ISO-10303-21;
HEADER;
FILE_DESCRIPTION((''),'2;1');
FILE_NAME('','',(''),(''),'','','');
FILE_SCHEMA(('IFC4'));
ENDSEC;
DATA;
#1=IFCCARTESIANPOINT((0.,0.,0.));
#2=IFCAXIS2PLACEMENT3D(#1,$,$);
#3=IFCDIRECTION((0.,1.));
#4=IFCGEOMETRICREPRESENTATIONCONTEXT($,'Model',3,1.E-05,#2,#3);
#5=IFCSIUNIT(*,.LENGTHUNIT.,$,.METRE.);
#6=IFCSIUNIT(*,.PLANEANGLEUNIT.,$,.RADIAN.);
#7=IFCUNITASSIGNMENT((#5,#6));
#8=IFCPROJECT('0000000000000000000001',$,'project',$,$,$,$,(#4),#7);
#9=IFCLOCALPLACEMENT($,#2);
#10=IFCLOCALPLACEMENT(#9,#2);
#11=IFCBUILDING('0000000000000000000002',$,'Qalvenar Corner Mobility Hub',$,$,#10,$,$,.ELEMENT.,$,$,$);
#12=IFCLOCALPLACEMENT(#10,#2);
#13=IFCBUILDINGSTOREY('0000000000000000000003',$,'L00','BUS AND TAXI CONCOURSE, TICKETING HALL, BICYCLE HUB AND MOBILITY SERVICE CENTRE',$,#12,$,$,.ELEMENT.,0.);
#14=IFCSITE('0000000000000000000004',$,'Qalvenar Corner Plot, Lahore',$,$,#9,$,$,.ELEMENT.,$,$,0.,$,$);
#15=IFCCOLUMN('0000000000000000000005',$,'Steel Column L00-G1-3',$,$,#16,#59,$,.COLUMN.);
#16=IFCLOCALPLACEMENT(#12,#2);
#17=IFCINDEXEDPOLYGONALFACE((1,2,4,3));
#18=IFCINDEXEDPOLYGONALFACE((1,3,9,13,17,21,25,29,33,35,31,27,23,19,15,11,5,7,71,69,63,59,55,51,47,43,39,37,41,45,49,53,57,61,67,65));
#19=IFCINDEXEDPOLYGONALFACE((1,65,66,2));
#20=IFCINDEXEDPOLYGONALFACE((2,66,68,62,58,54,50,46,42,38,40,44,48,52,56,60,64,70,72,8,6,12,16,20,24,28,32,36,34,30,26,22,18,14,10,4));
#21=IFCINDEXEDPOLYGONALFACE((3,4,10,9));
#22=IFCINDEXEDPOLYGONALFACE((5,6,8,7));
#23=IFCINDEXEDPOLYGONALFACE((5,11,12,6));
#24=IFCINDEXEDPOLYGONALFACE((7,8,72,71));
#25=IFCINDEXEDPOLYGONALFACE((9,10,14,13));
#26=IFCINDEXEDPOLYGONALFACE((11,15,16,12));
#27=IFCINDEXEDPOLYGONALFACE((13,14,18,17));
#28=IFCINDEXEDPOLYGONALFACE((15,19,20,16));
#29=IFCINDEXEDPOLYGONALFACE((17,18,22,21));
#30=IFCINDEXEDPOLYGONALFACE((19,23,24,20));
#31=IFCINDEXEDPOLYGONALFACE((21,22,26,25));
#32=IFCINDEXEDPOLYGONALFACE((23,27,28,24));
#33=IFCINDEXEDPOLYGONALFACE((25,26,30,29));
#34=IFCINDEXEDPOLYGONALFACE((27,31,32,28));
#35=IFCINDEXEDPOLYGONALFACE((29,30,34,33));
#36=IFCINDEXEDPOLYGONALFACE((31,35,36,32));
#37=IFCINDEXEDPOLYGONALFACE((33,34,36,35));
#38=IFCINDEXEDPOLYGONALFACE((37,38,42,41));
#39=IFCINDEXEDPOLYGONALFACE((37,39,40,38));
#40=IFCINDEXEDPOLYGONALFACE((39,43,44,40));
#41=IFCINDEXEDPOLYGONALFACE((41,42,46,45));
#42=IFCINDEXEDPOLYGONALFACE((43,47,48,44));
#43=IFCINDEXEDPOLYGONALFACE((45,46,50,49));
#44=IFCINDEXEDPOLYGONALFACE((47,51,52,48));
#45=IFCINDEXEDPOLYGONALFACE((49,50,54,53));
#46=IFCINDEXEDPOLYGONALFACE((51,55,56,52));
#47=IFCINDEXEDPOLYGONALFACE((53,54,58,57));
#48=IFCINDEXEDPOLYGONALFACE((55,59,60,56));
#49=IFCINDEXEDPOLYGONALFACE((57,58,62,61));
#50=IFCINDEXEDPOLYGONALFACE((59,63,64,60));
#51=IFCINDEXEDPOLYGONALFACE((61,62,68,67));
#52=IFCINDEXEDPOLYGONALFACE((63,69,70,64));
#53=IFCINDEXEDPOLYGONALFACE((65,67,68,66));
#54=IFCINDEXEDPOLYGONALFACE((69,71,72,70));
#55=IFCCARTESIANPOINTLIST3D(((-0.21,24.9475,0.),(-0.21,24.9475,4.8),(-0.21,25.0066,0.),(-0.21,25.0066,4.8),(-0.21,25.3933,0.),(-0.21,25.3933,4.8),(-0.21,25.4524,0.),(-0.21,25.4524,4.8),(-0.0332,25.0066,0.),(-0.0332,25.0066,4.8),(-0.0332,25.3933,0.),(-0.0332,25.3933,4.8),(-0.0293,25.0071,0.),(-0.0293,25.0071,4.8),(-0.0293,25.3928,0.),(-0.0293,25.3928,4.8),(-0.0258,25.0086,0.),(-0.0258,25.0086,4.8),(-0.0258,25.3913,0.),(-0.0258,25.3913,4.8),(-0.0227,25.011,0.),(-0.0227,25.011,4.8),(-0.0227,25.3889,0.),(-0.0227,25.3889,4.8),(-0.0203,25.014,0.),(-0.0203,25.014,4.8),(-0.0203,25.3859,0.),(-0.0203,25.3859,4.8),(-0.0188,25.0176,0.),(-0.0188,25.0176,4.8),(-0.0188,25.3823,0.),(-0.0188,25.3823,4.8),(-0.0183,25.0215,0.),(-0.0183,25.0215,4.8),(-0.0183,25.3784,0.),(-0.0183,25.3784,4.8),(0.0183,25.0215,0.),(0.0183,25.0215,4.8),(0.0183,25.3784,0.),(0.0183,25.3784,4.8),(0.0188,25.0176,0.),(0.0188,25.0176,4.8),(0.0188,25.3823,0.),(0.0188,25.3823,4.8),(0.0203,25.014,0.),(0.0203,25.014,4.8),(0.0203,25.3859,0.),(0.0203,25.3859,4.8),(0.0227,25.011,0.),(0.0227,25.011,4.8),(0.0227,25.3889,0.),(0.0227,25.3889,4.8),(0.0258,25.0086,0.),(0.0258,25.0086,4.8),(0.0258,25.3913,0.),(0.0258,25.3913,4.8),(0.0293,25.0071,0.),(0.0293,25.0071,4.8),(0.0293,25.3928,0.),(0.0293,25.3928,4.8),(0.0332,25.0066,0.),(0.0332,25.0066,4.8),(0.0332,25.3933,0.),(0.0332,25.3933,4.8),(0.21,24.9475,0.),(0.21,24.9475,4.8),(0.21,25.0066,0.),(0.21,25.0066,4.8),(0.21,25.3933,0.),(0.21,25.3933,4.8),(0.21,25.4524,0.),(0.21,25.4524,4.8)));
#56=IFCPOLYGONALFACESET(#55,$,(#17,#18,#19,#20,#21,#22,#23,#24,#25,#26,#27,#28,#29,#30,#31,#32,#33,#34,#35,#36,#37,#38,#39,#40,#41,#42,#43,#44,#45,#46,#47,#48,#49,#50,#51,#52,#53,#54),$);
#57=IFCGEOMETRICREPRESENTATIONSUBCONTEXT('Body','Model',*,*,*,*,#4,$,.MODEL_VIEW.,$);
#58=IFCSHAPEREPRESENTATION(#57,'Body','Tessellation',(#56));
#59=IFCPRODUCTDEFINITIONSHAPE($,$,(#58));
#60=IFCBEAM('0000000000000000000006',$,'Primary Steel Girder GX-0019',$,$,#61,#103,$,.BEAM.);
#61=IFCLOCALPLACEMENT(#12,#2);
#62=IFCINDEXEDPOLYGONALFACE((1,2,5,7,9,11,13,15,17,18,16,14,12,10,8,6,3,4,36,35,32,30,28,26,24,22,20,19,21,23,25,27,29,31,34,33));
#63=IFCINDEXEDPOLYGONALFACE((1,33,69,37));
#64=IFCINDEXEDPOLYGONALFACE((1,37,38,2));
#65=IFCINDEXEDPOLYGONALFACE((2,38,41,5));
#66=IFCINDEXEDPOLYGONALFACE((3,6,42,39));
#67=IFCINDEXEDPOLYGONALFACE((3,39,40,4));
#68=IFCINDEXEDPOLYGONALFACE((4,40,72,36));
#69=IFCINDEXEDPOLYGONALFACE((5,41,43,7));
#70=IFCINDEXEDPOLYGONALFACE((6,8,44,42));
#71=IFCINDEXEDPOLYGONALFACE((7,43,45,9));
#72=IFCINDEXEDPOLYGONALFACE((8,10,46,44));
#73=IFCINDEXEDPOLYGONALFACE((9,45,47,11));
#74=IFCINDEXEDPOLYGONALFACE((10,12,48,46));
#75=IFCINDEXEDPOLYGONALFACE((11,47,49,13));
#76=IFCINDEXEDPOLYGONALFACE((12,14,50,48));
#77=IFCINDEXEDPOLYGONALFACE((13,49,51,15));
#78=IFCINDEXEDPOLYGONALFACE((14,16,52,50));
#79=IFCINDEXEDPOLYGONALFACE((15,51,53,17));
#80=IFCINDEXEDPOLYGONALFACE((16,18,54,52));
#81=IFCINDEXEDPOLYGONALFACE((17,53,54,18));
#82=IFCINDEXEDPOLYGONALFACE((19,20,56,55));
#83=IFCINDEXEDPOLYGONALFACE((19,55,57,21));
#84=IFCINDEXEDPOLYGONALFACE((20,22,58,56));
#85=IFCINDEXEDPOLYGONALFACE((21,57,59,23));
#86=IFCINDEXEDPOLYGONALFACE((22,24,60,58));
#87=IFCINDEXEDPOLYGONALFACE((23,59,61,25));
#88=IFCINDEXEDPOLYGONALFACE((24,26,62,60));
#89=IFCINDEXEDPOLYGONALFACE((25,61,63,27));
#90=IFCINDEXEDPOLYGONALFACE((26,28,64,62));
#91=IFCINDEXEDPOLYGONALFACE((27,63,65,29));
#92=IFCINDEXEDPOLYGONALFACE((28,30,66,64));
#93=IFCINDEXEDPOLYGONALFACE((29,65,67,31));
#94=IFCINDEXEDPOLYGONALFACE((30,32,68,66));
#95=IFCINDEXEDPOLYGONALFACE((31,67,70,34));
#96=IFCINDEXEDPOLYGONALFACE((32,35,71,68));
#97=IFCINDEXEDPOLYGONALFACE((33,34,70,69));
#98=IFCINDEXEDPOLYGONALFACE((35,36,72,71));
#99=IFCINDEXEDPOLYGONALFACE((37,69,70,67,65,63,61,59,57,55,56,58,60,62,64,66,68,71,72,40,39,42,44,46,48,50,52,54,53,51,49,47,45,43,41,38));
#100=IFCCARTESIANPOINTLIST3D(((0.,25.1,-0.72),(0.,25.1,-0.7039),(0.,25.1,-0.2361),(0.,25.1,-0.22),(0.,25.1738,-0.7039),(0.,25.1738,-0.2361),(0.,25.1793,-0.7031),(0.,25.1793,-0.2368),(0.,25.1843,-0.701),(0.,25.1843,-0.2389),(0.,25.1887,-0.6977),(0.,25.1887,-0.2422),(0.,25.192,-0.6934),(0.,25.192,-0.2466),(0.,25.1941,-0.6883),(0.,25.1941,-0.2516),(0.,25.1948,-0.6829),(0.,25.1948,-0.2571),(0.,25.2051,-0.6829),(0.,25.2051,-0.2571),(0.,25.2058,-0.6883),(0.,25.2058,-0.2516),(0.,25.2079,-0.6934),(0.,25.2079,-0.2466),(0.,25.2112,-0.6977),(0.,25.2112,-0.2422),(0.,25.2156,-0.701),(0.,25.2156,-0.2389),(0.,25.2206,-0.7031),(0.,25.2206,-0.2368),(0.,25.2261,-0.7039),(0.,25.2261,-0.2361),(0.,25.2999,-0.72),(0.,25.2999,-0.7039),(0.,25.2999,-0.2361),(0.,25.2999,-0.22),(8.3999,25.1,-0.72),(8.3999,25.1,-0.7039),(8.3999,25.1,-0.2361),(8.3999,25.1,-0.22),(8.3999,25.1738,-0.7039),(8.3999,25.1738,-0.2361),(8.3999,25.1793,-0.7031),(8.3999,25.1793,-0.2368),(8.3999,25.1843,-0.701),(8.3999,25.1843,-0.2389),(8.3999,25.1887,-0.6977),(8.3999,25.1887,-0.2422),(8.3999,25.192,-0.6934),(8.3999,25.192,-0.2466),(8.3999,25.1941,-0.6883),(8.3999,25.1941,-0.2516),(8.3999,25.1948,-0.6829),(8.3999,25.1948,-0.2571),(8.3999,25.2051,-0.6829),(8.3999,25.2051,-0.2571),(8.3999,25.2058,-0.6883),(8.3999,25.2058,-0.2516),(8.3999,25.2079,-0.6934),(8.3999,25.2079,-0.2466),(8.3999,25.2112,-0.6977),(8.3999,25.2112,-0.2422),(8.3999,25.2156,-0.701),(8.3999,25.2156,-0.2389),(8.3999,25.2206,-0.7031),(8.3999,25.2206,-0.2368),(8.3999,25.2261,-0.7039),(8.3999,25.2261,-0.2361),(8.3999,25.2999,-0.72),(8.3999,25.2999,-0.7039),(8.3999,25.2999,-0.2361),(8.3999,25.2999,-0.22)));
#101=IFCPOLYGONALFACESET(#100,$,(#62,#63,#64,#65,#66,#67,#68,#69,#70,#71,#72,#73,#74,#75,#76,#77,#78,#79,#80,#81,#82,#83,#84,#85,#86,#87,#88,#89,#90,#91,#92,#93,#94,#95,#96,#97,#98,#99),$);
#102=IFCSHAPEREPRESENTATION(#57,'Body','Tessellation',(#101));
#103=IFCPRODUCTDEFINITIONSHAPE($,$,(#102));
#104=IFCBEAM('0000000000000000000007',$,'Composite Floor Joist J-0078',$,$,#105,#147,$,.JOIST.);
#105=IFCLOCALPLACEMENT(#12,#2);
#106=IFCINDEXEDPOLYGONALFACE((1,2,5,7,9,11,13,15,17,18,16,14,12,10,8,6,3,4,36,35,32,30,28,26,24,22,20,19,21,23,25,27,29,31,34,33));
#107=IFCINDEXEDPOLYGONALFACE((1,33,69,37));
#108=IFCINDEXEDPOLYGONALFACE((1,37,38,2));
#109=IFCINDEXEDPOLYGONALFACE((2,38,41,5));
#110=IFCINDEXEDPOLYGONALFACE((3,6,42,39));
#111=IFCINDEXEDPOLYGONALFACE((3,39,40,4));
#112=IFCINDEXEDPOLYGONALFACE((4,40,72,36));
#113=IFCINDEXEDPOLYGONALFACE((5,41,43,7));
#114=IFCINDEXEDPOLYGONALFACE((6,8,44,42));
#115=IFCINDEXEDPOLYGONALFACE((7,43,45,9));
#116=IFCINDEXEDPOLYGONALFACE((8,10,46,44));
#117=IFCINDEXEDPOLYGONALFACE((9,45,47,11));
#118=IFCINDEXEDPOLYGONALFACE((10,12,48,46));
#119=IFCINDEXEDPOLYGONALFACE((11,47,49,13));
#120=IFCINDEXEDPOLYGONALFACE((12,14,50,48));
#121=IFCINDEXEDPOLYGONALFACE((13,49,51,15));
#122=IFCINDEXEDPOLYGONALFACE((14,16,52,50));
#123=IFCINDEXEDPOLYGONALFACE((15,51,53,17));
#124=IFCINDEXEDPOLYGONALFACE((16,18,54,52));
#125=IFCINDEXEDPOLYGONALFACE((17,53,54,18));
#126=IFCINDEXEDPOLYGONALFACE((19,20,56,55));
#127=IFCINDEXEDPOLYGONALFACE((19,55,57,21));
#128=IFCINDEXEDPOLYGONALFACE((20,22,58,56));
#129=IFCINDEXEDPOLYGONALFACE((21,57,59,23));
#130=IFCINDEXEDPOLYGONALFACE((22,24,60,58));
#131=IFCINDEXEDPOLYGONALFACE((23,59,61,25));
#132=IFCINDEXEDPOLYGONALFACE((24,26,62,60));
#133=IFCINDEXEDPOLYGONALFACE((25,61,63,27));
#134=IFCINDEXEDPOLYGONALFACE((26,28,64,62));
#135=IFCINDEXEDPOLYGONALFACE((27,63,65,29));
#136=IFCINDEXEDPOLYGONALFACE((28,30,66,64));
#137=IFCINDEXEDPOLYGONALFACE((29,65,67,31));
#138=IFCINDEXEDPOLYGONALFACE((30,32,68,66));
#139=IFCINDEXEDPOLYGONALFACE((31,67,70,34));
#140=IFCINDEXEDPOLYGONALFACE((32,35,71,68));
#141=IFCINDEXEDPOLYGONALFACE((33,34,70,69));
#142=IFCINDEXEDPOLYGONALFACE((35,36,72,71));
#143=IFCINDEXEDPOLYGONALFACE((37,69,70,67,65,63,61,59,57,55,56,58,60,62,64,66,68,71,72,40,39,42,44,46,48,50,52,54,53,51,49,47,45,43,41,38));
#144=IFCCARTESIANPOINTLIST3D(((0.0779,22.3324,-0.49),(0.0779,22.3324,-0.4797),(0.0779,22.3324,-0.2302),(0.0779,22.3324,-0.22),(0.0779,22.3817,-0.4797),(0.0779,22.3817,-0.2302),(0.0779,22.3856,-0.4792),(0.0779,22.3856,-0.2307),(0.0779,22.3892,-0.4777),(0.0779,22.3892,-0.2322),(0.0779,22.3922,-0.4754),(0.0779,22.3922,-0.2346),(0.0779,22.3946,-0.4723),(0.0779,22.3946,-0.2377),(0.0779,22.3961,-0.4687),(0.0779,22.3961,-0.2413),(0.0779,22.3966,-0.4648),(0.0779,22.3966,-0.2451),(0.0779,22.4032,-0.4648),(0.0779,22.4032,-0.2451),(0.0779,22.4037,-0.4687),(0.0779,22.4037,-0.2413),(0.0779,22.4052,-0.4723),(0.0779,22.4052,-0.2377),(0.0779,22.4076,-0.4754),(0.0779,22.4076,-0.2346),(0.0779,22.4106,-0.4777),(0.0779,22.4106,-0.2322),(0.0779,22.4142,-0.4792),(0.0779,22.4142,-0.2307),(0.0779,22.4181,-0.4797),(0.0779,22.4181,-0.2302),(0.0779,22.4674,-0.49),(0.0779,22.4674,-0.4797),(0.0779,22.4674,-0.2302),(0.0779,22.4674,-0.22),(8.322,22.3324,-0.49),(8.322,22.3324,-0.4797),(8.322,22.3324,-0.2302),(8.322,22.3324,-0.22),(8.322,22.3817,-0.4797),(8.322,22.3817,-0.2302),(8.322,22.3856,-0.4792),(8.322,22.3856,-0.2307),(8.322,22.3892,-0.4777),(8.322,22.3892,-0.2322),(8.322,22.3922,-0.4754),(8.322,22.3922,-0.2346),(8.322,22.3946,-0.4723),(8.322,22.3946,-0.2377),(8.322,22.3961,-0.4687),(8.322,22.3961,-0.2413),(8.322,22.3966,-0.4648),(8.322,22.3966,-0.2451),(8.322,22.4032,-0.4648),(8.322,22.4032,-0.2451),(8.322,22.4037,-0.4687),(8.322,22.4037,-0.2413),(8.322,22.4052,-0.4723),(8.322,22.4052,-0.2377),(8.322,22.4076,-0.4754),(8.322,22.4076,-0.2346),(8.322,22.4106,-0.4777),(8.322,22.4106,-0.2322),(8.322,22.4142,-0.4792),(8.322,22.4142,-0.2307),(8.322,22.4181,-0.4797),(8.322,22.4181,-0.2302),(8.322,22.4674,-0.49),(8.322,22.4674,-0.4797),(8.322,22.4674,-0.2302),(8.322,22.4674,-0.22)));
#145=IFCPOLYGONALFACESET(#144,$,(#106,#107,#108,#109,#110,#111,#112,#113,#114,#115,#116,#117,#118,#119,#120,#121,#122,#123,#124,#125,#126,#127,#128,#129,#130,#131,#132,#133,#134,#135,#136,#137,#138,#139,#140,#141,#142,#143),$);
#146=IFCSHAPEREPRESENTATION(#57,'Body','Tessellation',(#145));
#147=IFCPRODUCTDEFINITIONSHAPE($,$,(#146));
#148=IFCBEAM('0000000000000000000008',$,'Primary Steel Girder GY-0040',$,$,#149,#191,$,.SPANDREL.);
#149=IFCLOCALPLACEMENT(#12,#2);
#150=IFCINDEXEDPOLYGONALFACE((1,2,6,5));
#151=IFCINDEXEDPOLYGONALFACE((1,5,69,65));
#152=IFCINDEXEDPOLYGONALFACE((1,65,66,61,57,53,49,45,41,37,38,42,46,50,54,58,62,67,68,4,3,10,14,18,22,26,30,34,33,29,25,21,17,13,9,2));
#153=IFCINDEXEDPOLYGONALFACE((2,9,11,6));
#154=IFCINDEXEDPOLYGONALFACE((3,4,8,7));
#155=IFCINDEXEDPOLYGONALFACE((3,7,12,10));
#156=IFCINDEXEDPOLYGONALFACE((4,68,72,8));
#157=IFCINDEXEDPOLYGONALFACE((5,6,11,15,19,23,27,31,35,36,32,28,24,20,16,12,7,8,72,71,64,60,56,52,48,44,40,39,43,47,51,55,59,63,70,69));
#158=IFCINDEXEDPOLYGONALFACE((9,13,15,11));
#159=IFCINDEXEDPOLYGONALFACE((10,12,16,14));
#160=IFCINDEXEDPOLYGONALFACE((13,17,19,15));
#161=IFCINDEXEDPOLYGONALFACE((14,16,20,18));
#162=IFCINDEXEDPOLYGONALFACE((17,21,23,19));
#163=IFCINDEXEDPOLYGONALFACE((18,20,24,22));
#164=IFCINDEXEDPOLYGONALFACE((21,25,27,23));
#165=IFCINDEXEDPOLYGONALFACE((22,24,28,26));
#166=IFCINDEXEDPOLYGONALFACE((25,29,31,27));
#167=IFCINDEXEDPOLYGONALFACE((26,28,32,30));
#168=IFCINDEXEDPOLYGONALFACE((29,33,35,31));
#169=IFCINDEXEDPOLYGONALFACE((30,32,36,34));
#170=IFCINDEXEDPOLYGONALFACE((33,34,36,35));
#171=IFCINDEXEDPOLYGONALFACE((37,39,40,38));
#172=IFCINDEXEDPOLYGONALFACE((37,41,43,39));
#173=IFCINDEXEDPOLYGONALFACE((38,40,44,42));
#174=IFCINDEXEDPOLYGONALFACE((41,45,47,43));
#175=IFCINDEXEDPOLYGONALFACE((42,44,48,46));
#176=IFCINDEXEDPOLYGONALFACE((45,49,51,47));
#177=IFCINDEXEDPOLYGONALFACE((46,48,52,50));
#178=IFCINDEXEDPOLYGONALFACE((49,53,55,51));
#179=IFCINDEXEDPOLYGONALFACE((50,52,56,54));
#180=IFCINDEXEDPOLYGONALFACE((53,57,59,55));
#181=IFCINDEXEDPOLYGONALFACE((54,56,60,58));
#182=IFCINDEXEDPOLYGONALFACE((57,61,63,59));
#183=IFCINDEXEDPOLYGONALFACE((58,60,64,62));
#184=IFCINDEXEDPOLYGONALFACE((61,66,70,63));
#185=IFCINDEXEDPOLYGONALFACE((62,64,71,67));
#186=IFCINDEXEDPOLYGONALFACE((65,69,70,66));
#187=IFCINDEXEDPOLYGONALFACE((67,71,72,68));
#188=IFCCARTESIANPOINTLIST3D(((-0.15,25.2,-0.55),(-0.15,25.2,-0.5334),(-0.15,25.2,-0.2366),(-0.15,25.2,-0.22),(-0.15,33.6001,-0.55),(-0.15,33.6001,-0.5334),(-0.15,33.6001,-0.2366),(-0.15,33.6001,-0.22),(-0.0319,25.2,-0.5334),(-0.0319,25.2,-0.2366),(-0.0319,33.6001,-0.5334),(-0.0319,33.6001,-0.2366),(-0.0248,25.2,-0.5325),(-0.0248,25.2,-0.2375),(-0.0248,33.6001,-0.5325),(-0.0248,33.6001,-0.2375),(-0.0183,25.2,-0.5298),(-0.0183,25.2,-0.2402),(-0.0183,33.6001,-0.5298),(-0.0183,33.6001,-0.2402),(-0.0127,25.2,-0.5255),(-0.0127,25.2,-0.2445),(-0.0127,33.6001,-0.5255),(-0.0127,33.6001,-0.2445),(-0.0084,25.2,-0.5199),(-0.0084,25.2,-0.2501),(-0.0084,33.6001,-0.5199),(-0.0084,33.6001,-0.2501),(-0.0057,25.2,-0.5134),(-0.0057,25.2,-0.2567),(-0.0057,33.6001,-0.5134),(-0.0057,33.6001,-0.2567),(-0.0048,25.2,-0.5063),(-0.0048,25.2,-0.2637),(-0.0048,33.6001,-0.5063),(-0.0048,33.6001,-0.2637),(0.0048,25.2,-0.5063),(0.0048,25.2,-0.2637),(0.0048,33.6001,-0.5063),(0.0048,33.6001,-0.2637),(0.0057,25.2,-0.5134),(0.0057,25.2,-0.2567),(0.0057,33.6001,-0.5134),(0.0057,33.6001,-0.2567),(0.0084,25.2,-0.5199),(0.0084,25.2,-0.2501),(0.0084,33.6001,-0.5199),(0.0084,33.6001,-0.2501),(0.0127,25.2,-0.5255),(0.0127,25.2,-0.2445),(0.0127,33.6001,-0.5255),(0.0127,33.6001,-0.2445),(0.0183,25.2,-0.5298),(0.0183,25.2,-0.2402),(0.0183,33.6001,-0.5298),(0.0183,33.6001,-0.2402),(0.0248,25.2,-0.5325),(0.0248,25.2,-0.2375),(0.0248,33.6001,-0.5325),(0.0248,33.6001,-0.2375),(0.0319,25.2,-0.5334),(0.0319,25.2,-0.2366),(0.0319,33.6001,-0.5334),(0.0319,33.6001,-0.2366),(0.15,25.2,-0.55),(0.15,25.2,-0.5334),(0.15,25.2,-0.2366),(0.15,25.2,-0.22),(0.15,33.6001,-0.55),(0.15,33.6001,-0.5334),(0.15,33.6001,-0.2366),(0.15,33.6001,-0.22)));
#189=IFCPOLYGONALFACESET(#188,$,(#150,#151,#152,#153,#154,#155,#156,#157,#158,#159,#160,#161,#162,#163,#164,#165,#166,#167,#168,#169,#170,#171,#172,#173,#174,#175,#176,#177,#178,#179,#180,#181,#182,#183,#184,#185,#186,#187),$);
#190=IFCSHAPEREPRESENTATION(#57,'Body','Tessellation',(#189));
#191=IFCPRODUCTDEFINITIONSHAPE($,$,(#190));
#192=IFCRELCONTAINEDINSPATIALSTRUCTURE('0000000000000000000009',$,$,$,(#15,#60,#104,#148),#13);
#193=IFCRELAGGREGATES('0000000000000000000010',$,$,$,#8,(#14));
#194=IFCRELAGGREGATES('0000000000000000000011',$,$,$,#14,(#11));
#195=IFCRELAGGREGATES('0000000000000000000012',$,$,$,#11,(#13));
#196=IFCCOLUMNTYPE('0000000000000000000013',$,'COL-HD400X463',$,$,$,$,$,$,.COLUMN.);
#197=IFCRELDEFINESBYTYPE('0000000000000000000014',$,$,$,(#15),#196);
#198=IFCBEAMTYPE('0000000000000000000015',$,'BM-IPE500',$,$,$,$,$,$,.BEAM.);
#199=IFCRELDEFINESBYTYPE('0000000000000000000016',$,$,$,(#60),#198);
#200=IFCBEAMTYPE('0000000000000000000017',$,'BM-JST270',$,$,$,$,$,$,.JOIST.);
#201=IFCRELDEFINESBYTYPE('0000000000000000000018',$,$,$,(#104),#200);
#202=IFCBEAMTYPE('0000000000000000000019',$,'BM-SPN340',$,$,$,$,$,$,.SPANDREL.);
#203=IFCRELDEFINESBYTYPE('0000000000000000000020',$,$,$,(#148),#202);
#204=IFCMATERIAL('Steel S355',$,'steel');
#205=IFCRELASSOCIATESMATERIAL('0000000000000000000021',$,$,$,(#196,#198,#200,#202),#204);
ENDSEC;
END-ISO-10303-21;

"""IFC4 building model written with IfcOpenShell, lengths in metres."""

from ifc_helpers import new_model, si_unit, direction, frame, origin, origin_2d, place, context, subcontext, project, spatial, i_section, extrude, material, material_profile, profile_set, type_object, element, save


model = new_model("IFC4")

# Units and contexts
model_context = context("Model", 3, precision=1e-05, world=origin(), true_north=direction((0.0, 1.0)))
body_context = subcontext(model_context, "Body", "Model", "MODEL_VIEW")
ifc_project = project(units=[si_unit("LENGTHUNIT", "METRE"), si_unit("PLANEANGLEUNIT", "RADIAN")], contexts=[model_context])

# Site, building, storey
site_placement = place(None, origin())
site = spatial("IfcSite", under=ifc_project, at=site_placement, Name="Qalvenar Corner Plot, Lahore", CompositionType="ELEMENT", RefElevation=0.0)
building_placement = place(site_placement, origin())
building = spatial("IfcBuilding", under=site, at=building_placement, Name="Qalvenar Corner Mobility Hub", CompositionType="ELEMENT")
storey_placement = place(building_placement, origin())
storey = spatial("IfcBuildingStorey", under=building, at=storey_placement, Name="L00", Description="BUS AND TAXI CONCOURSE, TICKETING HALL, BICYCLE HUB AND MOBILITY SERVICE CENTRE", CompositionType="ELEMENT", Elevation=0.0)

# Column
ifc_material_1 = material(Name="Steel S355", Category="steel")
ifc_material_profile_1 = material_profile(ifc_material_1, i_section(OverallWidth=0.4199, OverallDepth=0.5049, WebThickness=0.0366, FlangeThickness=0.0591, FilletRadius=0.0149, at=origin_2d()), Name="HD400x551")
ifc_profile_set_1 = profile_set([ifc_material_profile_1], Name="Steel S355")
column_type = type_object("IfcColumnType", Name="COL-HD400X463", PredefinedType="COLUMN", material=ifc_profile_set_1)
column_placement = place(storey_placement, frame((0.0, 25.2, 0.0), z_axis=(0.0, 0.0, 1.0), x_axis=(1.0, 0.0, 0.0)))
element("IfcColumn", 1, at=column_placement, inside=storey, type_object=column_type, Name="Steel Column L00-G1-3", PredefinedType="COLUMN", context=body_context, shape_type="SweptSolid", body=[
    extrude(i_section(OverallWidth=0.4199, OverallDepth=0.5049, WebThickness=0.0366, FlangeThickness=0.0591, FilletRadius=0.0149, at=origin_2d()), origin(), (0.0, 0.0, 1.0), 4.8),
])

# Beams
ifc_material_profile_2 = material_profile(ifc_material_1, i_section(OverallWidth=0.2, OverallDepth=0.5, WebThickness=0.0103, FlangeThickness=0.0161, FilletRadius=0.021, at=origin_2d()), Name="IPE500")
ifc_profile_set_2 = profile_set([ifc_material_profile_2], Name="Steel S355")
beam_type_1 = type_object("IfcBeamType", Name="BM-IPE500", PredefinedType="BEAM", material=ifc_profile_set_2)
beam_1_placement = place(storey_placement, frame((0.0, 25.2, -0.47), z_axis=(1.0, 0.0, 0.0), x_axis=(0.0, 1.0, 0.0)))
element("IfcBeam", 2, at=beam_1_placement, inside=storey, type_object=beam_type_1, Name="Primary Steel Girder GX-0019", PredefinedType="BEAM", context=body_context, shape_type="SweptSolid", body=[
    extrude(i_section(OverallWidth=0.2, OverallDepth=0.5, WebThickness=0.0103, FlangeThickness=0.0161, FilletRadius=0.021, at=origin_2d()), origin(), (0.0, 0.0, 1.0), 8.3999),
])
ifc_material_profile_3 = material_profile(ifc_material_1, i_section(OverallWidth=0.135, OverallDepth=0.27, WebThickness=0.0066, FlangeThickness=0.0103, FilletRadius=0.0149, at=origin_2d()), Name="IPE270")
ifc_profile_set_3 = profile_set([ifc_material_profile_3], Name="Steel S355")
beam_type_2 = type_object("IfcBeamType", Name="BM-JST270", PredefinedType="JOIST", material=ifc_profile_set_3)
beam_2_placement = place(storey_placement, frame((0.0779, 22.3999, -0.355), z_axis=(1.0, 0.0, 0.0), x_axis=(0.0, 1.0, 0.0)))
element("IfcBeam", 3, at=beam_2_placement, inside=storey, type_object=beam_type_2, Name="Composite Floor Joist J-0078", PredefinedType="JOIST", context=body_context, shape_type="SweptSolid", body=[
    extrude(i_section(OverallWidth=0.135, OverallDepth=0.27, WebThickness=0.0066, FlangeThickness=0.0103, FilletRadius=0.0149, at=origin_2d()), origin(), (0.0, 0.0, 1.0), 8.2441),
])
ifc_material_profile_4 = material_profile(ifc_material_1, i_section(OverallWidth=0.3, OverallDepth=0.3301, WebThickness=0.0095, FlangeThickness=0.0166, FilletRadius=0.0271, at=origin_2d()), Name="HEA340")
ifc_profile_set_4 = profile_set([ifc_material_profile_4], Name="Steel S355")
beam_type_3 = type_object("IfcBeamType", Name="BM-SPN340", PredefinedType="SPANDREL", material=ifc_profile_set_4)
beam_3_placement = place(storey_placement, frame((0.0, 25.2, -0.385), z_axis=(0.0, 1.0, 0.0), x_axis=(-1.0, 0.0, 0.0)))
element("IfcBeam", 4, at=beam_3_placement, inside=storey, type_object=beam_type_3, Name="Primary Steel Girder GY-0040", PredefinedType="SPANDREL", context=body_context, shape_type="SweptSolid", body=[
    extrude(i_section(OverallWidth=0.3, OverallDepth=0.3301, WebThickness=0.0095, FlangeThickness=0.0166, FilletRadius=0.0271, at=origin_2d()), origin(), (0.0, 0.0, 1.0), 8.4001),
])

save(model, "model.ifc")
